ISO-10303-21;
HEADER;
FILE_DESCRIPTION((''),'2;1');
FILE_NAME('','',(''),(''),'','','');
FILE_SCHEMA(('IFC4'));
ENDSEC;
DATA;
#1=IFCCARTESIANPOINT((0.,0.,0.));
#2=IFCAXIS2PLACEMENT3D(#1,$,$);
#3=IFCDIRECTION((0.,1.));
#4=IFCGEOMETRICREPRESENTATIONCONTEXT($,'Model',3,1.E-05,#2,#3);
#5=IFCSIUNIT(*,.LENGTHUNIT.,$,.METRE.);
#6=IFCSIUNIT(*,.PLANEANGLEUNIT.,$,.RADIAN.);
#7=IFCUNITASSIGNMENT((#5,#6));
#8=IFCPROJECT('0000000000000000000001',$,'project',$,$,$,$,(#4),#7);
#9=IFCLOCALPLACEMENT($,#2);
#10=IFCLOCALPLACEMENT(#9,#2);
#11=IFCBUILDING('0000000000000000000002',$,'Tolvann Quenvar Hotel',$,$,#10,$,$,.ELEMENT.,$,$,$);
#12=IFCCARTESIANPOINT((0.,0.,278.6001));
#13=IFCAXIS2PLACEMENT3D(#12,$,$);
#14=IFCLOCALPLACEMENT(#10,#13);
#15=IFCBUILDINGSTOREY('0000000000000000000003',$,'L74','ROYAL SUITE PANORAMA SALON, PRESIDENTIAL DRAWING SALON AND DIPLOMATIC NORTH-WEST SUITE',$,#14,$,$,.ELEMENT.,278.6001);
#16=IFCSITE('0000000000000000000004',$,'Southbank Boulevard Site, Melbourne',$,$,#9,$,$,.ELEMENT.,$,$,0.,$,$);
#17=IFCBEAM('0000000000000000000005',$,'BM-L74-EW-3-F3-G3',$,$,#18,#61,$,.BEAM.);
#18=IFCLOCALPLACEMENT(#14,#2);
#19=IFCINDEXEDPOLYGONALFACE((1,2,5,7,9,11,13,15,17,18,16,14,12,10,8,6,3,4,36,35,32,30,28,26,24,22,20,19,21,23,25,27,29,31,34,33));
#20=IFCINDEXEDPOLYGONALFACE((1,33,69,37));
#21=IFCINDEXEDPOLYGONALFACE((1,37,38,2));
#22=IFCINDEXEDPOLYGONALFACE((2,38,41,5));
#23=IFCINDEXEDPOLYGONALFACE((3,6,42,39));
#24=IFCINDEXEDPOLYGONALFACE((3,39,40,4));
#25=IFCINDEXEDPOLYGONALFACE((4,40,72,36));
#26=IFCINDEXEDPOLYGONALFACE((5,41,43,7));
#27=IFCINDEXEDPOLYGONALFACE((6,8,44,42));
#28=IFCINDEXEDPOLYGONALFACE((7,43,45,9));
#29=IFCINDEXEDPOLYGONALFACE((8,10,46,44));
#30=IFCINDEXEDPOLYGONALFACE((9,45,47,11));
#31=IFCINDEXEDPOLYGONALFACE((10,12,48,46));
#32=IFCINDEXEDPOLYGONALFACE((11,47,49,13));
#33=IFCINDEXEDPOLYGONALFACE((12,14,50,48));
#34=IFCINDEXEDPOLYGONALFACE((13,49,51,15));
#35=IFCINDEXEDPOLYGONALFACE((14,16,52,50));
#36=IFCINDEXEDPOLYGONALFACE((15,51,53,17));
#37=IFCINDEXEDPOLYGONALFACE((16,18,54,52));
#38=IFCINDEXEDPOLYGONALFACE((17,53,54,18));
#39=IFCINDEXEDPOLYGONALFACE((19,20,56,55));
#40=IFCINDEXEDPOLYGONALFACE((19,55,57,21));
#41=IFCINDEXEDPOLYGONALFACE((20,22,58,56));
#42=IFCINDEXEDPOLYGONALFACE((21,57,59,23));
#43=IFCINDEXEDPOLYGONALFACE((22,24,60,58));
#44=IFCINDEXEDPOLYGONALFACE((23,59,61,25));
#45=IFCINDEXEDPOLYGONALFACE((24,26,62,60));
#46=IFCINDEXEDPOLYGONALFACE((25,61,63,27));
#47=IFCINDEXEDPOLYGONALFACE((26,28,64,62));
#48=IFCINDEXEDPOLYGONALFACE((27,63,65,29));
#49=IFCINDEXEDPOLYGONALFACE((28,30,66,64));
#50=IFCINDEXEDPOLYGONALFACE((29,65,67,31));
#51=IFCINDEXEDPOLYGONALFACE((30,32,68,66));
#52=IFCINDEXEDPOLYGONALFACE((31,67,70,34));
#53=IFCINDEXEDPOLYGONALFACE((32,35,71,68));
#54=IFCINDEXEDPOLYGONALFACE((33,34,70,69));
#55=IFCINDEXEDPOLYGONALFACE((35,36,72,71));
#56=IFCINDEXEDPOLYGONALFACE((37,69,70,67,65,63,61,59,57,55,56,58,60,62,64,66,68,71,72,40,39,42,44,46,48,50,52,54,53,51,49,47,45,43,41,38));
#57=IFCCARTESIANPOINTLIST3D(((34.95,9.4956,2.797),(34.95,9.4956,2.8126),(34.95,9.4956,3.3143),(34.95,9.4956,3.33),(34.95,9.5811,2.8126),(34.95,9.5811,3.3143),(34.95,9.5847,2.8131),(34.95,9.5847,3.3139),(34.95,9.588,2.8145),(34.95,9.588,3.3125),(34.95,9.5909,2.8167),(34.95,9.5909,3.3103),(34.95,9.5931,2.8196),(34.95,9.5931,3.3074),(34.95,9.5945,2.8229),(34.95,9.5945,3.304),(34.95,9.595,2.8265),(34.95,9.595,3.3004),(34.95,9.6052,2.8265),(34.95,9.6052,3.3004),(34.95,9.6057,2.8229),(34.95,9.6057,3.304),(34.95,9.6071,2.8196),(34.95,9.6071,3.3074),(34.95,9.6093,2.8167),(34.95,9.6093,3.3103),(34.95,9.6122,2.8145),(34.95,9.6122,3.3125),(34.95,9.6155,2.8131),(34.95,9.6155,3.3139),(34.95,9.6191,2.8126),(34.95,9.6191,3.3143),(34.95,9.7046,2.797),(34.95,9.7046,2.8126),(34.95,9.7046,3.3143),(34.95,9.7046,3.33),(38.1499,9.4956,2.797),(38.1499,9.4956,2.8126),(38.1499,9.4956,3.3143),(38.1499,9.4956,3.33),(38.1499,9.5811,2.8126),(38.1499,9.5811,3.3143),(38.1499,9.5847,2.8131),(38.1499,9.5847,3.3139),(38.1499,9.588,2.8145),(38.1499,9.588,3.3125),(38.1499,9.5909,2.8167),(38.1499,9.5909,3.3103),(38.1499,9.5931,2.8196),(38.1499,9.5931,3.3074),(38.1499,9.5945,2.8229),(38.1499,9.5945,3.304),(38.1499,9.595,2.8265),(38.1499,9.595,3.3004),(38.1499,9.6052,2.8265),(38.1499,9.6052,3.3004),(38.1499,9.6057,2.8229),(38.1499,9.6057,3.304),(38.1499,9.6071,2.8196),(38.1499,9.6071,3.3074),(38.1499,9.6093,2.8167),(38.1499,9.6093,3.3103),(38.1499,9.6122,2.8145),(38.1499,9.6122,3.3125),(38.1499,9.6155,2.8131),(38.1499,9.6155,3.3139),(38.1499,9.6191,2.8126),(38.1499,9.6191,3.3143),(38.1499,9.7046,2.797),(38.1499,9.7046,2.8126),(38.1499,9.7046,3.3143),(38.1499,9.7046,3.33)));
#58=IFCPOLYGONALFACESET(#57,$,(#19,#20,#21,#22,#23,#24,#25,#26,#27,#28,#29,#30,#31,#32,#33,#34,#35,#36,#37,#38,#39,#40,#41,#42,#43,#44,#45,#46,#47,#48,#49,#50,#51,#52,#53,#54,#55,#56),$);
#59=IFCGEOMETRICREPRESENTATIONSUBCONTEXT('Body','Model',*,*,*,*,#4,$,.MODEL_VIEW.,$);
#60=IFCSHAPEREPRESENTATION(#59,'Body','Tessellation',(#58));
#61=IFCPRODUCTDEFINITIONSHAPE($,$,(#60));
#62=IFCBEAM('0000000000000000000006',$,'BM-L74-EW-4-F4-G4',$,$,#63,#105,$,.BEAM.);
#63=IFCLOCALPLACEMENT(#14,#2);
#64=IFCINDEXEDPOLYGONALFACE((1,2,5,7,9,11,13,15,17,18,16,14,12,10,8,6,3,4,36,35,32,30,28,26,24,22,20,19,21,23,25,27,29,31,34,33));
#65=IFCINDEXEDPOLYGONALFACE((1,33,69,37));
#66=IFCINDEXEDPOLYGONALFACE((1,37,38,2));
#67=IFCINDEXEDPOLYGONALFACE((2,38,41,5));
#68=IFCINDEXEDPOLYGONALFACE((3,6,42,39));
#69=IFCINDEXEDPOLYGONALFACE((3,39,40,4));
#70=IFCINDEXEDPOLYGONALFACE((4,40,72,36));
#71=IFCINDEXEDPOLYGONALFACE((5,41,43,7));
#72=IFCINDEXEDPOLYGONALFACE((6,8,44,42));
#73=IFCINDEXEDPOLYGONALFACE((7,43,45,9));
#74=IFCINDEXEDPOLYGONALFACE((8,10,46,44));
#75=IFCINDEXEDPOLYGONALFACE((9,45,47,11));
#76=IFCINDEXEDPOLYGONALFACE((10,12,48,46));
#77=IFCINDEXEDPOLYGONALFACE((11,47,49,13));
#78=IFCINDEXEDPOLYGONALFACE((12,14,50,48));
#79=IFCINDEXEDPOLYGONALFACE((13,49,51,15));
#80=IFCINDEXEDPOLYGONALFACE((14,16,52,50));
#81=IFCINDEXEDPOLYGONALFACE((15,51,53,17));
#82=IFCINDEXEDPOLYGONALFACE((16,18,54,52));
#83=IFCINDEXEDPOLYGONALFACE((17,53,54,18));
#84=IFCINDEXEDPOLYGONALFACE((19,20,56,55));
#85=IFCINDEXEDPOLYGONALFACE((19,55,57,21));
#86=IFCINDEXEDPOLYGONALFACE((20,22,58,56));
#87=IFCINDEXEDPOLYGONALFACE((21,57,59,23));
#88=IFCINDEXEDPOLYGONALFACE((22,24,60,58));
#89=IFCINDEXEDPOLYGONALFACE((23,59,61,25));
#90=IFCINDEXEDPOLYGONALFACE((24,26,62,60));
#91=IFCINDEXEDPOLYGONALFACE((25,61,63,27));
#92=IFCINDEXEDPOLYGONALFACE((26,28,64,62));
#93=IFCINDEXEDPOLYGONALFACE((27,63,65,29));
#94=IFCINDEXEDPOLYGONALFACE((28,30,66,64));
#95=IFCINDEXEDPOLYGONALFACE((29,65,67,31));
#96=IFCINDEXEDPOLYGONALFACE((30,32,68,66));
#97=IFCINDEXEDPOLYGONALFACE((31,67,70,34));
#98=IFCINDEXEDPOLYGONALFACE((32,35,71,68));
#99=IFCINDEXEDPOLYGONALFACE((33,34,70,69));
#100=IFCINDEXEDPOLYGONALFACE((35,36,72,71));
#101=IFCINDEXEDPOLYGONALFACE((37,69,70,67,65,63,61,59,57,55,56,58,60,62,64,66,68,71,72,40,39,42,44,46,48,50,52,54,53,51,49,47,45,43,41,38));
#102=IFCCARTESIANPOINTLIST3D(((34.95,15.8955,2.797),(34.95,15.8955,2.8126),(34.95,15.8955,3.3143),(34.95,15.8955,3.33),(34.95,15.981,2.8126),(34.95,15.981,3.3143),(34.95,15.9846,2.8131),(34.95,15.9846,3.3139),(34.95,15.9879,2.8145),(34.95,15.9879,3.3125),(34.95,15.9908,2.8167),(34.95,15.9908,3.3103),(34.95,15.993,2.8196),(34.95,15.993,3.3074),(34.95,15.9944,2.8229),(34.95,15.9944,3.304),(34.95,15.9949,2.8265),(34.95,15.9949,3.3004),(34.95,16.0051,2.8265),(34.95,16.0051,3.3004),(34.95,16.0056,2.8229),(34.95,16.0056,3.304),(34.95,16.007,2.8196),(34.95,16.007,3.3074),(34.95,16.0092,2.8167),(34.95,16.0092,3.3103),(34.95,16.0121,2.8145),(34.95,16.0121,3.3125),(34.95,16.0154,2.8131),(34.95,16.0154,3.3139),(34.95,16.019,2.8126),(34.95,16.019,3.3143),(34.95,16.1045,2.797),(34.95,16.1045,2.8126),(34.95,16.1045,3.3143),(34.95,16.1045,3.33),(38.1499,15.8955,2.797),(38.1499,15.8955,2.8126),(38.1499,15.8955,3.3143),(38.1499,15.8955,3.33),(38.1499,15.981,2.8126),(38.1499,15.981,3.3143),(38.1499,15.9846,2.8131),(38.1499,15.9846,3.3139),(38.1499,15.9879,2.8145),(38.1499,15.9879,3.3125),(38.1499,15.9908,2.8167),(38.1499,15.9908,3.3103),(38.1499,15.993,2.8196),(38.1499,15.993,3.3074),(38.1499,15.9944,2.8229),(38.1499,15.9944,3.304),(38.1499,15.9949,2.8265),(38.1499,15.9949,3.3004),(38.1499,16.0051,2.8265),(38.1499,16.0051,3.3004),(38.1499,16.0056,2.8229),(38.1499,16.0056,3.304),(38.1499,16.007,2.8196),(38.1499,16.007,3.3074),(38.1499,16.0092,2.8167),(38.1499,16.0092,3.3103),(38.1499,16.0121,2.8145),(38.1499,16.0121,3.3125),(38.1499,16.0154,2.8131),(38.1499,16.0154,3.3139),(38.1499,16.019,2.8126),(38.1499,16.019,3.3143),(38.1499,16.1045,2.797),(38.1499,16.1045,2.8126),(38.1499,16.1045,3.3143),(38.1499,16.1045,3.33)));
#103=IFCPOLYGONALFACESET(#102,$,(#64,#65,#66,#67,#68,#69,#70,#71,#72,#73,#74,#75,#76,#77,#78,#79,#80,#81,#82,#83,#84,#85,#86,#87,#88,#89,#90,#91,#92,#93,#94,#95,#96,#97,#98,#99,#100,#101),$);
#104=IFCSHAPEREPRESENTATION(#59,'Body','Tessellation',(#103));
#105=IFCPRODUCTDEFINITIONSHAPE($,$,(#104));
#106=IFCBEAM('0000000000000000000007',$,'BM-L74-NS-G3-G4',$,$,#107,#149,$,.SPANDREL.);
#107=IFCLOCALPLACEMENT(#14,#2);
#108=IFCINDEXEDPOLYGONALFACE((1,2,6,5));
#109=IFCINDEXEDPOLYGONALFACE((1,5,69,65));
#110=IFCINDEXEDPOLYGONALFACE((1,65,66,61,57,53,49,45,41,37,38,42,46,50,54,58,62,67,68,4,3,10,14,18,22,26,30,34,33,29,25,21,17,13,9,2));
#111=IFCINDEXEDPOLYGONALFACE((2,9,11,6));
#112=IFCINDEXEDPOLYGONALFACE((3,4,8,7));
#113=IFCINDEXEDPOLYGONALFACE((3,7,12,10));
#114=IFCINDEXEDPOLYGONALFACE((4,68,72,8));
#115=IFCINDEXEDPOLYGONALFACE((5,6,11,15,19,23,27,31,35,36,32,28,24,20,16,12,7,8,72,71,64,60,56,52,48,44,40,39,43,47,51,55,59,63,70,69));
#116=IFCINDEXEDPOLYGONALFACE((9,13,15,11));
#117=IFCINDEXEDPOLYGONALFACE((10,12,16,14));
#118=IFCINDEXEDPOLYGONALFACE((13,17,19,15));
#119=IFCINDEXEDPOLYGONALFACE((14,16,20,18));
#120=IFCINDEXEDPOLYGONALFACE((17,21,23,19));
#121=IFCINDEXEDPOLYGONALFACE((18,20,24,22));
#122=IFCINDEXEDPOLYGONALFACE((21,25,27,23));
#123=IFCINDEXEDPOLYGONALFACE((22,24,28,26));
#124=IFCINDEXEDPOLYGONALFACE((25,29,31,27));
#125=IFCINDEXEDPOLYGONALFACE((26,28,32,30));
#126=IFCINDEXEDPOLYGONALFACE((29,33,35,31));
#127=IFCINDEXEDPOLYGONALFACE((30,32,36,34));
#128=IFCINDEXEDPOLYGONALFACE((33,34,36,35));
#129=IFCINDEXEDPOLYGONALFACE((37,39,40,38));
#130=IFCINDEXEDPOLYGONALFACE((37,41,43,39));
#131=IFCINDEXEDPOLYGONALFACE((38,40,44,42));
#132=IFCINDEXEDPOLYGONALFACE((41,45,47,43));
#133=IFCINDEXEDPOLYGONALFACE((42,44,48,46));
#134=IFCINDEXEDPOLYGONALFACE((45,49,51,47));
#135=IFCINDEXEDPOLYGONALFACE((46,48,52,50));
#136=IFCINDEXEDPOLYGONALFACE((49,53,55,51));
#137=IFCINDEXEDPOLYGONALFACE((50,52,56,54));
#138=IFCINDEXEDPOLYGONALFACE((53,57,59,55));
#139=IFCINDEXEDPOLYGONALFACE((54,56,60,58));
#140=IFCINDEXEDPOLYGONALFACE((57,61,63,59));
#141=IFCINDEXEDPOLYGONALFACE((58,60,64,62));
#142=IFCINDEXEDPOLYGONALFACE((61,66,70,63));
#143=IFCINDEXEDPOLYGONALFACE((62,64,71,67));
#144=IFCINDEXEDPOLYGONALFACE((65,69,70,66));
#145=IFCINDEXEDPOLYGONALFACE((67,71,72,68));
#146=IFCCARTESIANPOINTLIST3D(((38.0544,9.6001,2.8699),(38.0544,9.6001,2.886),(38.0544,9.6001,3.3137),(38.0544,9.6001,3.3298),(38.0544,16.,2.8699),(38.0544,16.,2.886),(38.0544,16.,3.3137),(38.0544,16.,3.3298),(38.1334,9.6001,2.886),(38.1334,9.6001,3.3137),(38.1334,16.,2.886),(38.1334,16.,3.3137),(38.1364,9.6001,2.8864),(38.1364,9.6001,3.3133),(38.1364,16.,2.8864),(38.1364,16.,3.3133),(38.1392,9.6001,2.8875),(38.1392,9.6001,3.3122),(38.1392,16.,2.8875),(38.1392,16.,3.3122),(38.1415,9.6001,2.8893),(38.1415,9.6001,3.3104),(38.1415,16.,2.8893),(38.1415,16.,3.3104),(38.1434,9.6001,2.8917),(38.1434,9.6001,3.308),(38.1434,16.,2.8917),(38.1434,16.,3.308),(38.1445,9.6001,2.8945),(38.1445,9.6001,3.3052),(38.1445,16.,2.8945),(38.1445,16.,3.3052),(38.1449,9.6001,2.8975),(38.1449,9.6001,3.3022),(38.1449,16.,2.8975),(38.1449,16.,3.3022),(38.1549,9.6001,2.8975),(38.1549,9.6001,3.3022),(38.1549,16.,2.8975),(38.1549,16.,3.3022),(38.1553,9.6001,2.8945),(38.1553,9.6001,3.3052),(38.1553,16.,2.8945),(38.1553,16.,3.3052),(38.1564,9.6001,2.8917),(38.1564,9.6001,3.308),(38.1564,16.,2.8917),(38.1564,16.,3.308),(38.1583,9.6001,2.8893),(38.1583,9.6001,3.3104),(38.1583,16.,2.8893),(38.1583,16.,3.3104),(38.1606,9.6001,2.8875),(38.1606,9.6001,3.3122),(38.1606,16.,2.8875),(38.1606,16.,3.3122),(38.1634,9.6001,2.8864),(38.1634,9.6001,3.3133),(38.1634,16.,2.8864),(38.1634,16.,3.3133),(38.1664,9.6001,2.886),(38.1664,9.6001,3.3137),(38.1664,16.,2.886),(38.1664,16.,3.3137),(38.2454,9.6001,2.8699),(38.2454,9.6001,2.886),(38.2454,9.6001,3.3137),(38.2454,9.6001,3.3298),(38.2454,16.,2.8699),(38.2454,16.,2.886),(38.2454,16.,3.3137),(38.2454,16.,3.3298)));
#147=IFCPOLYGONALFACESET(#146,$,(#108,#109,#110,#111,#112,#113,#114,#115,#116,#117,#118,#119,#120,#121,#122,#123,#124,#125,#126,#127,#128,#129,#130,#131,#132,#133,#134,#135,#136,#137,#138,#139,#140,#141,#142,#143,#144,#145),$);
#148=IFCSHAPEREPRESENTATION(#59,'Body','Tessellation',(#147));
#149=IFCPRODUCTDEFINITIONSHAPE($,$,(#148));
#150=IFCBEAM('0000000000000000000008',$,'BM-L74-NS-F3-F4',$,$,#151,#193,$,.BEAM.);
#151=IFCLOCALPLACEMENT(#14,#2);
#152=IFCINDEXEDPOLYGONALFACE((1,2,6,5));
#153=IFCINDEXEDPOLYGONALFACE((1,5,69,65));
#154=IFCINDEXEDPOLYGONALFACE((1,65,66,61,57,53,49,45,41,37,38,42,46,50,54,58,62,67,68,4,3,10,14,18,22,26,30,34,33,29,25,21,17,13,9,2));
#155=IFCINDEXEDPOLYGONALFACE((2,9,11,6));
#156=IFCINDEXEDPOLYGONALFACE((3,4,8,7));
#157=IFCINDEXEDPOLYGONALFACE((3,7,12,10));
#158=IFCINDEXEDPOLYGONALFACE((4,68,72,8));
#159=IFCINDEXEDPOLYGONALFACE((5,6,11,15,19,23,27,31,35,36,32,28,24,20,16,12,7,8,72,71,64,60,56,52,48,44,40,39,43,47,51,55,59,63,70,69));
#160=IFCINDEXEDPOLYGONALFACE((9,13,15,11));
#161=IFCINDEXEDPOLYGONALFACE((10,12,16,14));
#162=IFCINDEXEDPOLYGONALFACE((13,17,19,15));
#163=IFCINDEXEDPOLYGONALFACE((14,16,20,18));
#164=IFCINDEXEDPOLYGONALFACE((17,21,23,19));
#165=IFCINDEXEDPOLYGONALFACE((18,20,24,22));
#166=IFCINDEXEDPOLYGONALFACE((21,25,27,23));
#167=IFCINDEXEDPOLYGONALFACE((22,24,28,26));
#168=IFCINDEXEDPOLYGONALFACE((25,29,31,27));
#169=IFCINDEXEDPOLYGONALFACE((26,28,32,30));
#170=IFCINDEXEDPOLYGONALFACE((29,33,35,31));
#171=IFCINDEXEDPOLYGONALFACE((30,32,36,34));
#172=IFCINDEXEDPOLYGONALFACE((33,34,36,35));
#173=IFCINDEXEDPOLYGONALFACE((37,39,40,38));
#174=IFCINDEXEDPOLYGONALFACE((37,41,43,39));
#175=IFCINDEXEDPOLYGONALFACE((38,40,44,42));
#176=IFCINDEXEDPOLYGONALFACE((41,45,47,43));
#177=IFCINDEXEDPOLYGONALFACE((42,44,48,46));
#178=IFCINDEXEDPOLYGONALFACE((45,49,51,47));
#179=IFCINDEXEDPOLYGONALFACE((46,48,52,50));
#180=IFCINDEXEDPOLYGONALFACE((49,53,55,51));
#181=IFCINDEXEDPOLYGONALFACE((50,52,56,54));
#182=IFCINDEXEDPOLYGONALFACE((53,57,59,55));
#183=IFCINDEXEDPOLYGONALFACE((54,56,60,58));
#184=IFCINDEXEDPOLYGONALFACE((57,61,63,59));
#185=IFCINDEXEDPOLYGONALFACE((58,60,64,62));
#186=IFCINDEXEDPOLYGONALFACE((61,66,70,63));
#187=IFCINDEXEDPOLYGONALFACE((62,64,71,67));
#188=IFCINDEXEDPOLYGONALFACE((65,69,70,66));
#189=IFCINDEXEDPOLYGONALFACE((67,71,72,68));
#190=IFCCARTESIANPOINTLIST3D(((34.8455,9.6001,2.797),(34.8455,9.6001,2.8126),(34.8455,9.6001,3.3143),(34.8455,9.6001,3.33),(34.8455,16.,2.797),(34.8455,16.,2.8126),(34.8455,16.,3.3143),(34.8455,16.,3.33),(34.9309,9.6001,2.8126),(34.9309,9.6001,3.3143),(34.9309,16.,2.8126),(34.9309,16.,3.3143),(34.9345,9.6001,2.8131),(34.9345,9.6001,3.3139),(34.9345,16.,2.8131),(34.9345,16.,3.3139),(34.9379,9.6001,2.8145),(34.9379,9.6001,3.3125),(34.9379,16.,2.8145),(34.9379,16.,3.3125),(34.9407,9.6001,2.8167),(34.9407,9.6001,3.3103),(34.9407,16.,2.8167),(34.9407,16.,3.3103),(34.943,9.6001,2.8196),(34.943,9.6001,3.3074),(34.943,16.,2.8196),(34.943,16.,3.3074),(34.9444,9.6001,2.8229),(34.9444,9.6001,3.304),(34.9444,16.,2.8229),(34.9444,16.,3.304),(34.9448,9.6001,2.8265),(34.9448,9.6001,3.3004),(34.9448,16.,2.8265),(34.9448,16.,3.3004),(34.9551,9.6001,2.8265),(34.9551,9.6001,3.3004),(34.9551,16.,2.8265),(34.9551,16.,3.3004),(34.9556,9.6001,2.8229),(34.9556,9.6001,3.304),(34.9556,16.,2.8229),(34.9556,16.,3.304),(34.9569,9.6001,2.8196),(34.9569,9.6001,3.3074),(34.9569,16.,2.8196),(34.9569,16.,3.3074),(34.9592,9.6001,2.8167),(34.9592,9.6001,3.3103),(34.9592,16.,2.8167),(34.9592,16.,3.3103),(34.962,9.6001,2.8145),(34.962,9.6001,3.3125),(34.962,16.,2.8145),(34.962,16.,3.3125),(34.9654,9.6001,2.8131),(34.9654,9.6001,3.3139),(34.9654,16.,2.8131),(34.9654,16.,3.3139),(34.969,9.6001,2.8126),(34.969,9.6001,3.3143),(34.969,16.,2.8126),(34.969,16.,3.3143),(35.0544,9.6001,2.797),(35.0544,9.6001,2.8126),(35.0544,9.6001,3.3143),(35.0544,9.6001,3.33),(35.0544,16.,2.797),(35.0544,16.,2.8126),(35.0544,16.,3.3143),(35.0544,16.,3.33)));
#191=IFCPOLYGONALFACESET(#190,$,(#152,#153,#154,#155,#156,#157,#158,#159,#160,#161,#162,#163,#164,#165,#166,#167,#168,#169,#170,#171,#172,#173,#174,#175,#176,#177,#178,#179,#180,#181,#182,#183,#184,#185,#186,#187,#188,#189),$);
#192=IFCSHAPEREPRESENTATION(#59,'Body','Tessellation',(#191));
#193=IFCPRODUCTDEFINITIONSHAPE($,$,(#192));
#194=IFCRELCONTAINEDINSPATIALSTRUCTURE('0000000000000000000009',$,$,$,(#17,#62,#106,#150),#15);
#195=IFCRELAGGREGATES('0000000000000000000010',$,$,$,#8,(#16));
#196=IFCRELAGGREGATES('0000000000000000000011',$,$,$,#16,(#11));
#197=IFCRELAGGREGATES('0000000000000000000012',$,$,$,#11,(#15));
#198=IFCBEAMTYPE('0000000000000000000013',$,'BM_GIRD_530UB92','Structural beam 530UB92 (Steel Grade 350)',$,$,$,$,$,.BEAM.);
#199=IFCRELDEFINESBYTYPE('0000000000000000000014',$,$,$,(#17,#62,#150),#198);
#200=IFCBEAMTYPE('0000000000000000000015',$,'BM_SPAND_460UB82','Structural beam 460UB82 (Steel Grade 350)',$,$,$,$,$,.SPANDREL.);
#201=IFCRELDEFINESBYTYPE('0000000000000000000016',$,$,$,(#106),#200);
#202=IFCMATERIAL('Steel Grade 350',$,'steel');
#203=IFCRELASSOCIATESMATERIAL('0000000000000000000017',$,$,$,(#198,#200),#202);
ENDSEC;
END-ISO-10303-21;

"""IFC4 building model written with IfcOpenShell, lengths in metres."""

from ifc_helpers import new_model, si_unit, direction, frame, origin, origin_2d, place, context, subcontext, project, spatial, i_section, extrude, source, transform, mapped, material, material_profile, profile_set, type_object, element, save


model = new_model("IFC4")

# Units and contexts
model_context = context("Model", 3, precision=1e-05, world=origin(), true_north=direction((0.0, 1.0)))
body_context = subcontext(model_context, "Body", "Model", "MODEL_VIEW")
ifc_project = project(units=[si_unit("LENGTHUNIT", "METRE"), si_unit("PLANEANGLEUNIT", "RADIAN")], contexts=[model_context])

# Site, building, storey
site_placement = place(None, origin())
site = spatial("IfcSite", under=ifc_project, at=site_placement, Name="Southbank Boulevard Site, Melbourne", CompositionType="ELEMENT", RefElevation=0.0)
building_placement = place(site_placement, origin())
building = spatial("IfcBuilding", under=site, at=building_placement, Name="Tolvann Quenvar Hotel", CompositionType="ELEMENT")
storey_placement = place(building_placement, frame((0.0, 0.0, 278.6001)))
storey = spatial("IfcBuildingStorey", under=building, at=storey_placement, Name="L74", Description="ROYAL SUITE PANORAMA SALON, PRESIDENTIAL DRAWING SALON AND DIPLOMATIC NORTH-WEST SUITE", CompositionType="ELEMENT", Elevation=278.6001)

# Shared definitions
ifc_material_1 = material(Name="Steel Grade 350", Category="steel")

# Beams
ifc_material_profile_1 = material_profile(ifc_material_1, i_section(OverallWidth=0.209, OverallDepth=0.533, WebThickness=0.0103, FlangeThickness=0.0156, FilletRadius=0.0139, at=origin_2d()), Name="530UB92")
ifc_profile_set_1 = profile_set([ifc_material_profile_1], Name="Steel Grade 350")
beam_type_1 = type_object("IfcBeamType", Name="BM_GIRD_530UB92", Description="Structural beam 530UB92 (Steel Grade 350)", PredefinedType="BEAM", material=ifc_profile_set_1)
ifc_material_profile_2 = material_profile(ifc_material_1, i_section(OverallWidth=0.1909, OverallDepth=0.46, WebThickness=0.01, FlangeThickness=0.0161, FilletRadius=0.0115, at=origin_2d()), Name="460UB82")
ifc_profile_set_2 = profile_set([ifc_material_profile_2], Name="Steel Grade 350")
beam_type_2 = type_object("IfcBeamType", Name="BM_SPAND_460UB82", Description="Structural beam 460UB82 (Steel Grade 350)", PredefinedType="SPANDREL", material=ifc_profile_set_2)
shared_shape_1 = source(origin(), body_context, "Body", "SweptSolid", [
    extrude(i_section(OverallWidth=0.209, OverallDepth=0.533, WebThickness=0.0103, FlangeThickness=0.0156, FilletRadius=0.0139, at=origin_2d()), origin(), (0.0, 0.0, 1.0), 3.2),
])
for number, where, z_axis, x_axis, name in (
    (1, (34.95, 9.6001, 3.0635), (1.0, 0.0, 0.0), (0.0, 1.0, 0.0), "BM-L74-EW-3-F3-G3"),
    (2, (34.95, 16.0, 3.0635), (1.0, 0.0, 0.0), (0.0, 1.0, 0.0), "BM-L74-EW-4-F4-G4"),
):
    element("IfcBeam", number, at=place(storey_placement, frame(where, z_axis=z_axis, x_axis=x_axis)), inside=storey, type_object=beam_type_1, Name=name, PredefinedType="BEAM", context=body_context, shape_type="MappedRepresentation", body=[
        mapped(shared_shape_1, transform((0.0, 0.0, 0.0), x_axis=(1.0, 0.0, 0.0), y_axis=(0.0, 1.0, 0.0), z_axis=(0.0, 0.0, 1.0), scale=1.0)),
    ])
shared_shape_2 = source(origin(), body_context, "Body", "SweptSolid", [
    extrude(i_section(OverallWidth=0.1909, OverallDepth=0.46, WebThickness=0.01, FlangeThickness=0.0161, FilletRadius=0.0115, at=origin_2d()), origin(), (0.0, 0.0, 1.0), 6.3999),
])
beam_1_placement = place(storey_placement, frame((38.1499, 9.6001, 3.0999), z_axis=(0.0, 1.0, 0.0), x_axis=(-1.0, 0.0, 0.0)))
element("IfcBeam", 3, at=beam_1_placement, inside=storey, type_object=beam_type_2, Name="BM-L74-NS-G3-G4", PredefinedType="SPANDREL", context=body_context, shape_type="MappedRepresentation", body=[
    mapped(shared_shape_2, transform((0.0, 0.0, 0.0), x_axis=(1.0, 0.0, 0.0), y_axis=(0.0, 1.0, 0.0), z_axis=(0.0, 0.0, 1.0), scale=1.0)),
])
shared_shape_3 = source(origin(), body_context, "Body", "SweptSolid", [
    extrude(i_section(OverallWidth=0.209, OverallDepth=0.533, WebThickness=0.0103, FlangeThickness=0.0156, FilletRadius=0.0139, at=origin_2d()), origin(), (0.0, 0.0, 1.0), 6.3999),
])
beam_2_placement = place(storey_placement, frame((34.95, 9.6001, 3.0635), z_axis=(0.0, 1.0, 0.0), x_axis=(-1.0, 0.0, 0.0)))
element("IfcBeam", 4, at=beam_2_placement, inside=storey, type_object=beam_type_1, Name="BM-L74-NS-F3-F4", PredefinedType="BEAM", context=body_context, shape_type="MappedRepresentation", body=[
    mapped(shared_shape_3, transform((0.0, 0.0, 0.0), x_axis=(1.0, 0.0, 0.0), y_axis=(0.0, 1.0, 0.0), z_axis=(0.0, 0.0, 1.0), scale=1.0)),
])

save(model, "model.ifc")
